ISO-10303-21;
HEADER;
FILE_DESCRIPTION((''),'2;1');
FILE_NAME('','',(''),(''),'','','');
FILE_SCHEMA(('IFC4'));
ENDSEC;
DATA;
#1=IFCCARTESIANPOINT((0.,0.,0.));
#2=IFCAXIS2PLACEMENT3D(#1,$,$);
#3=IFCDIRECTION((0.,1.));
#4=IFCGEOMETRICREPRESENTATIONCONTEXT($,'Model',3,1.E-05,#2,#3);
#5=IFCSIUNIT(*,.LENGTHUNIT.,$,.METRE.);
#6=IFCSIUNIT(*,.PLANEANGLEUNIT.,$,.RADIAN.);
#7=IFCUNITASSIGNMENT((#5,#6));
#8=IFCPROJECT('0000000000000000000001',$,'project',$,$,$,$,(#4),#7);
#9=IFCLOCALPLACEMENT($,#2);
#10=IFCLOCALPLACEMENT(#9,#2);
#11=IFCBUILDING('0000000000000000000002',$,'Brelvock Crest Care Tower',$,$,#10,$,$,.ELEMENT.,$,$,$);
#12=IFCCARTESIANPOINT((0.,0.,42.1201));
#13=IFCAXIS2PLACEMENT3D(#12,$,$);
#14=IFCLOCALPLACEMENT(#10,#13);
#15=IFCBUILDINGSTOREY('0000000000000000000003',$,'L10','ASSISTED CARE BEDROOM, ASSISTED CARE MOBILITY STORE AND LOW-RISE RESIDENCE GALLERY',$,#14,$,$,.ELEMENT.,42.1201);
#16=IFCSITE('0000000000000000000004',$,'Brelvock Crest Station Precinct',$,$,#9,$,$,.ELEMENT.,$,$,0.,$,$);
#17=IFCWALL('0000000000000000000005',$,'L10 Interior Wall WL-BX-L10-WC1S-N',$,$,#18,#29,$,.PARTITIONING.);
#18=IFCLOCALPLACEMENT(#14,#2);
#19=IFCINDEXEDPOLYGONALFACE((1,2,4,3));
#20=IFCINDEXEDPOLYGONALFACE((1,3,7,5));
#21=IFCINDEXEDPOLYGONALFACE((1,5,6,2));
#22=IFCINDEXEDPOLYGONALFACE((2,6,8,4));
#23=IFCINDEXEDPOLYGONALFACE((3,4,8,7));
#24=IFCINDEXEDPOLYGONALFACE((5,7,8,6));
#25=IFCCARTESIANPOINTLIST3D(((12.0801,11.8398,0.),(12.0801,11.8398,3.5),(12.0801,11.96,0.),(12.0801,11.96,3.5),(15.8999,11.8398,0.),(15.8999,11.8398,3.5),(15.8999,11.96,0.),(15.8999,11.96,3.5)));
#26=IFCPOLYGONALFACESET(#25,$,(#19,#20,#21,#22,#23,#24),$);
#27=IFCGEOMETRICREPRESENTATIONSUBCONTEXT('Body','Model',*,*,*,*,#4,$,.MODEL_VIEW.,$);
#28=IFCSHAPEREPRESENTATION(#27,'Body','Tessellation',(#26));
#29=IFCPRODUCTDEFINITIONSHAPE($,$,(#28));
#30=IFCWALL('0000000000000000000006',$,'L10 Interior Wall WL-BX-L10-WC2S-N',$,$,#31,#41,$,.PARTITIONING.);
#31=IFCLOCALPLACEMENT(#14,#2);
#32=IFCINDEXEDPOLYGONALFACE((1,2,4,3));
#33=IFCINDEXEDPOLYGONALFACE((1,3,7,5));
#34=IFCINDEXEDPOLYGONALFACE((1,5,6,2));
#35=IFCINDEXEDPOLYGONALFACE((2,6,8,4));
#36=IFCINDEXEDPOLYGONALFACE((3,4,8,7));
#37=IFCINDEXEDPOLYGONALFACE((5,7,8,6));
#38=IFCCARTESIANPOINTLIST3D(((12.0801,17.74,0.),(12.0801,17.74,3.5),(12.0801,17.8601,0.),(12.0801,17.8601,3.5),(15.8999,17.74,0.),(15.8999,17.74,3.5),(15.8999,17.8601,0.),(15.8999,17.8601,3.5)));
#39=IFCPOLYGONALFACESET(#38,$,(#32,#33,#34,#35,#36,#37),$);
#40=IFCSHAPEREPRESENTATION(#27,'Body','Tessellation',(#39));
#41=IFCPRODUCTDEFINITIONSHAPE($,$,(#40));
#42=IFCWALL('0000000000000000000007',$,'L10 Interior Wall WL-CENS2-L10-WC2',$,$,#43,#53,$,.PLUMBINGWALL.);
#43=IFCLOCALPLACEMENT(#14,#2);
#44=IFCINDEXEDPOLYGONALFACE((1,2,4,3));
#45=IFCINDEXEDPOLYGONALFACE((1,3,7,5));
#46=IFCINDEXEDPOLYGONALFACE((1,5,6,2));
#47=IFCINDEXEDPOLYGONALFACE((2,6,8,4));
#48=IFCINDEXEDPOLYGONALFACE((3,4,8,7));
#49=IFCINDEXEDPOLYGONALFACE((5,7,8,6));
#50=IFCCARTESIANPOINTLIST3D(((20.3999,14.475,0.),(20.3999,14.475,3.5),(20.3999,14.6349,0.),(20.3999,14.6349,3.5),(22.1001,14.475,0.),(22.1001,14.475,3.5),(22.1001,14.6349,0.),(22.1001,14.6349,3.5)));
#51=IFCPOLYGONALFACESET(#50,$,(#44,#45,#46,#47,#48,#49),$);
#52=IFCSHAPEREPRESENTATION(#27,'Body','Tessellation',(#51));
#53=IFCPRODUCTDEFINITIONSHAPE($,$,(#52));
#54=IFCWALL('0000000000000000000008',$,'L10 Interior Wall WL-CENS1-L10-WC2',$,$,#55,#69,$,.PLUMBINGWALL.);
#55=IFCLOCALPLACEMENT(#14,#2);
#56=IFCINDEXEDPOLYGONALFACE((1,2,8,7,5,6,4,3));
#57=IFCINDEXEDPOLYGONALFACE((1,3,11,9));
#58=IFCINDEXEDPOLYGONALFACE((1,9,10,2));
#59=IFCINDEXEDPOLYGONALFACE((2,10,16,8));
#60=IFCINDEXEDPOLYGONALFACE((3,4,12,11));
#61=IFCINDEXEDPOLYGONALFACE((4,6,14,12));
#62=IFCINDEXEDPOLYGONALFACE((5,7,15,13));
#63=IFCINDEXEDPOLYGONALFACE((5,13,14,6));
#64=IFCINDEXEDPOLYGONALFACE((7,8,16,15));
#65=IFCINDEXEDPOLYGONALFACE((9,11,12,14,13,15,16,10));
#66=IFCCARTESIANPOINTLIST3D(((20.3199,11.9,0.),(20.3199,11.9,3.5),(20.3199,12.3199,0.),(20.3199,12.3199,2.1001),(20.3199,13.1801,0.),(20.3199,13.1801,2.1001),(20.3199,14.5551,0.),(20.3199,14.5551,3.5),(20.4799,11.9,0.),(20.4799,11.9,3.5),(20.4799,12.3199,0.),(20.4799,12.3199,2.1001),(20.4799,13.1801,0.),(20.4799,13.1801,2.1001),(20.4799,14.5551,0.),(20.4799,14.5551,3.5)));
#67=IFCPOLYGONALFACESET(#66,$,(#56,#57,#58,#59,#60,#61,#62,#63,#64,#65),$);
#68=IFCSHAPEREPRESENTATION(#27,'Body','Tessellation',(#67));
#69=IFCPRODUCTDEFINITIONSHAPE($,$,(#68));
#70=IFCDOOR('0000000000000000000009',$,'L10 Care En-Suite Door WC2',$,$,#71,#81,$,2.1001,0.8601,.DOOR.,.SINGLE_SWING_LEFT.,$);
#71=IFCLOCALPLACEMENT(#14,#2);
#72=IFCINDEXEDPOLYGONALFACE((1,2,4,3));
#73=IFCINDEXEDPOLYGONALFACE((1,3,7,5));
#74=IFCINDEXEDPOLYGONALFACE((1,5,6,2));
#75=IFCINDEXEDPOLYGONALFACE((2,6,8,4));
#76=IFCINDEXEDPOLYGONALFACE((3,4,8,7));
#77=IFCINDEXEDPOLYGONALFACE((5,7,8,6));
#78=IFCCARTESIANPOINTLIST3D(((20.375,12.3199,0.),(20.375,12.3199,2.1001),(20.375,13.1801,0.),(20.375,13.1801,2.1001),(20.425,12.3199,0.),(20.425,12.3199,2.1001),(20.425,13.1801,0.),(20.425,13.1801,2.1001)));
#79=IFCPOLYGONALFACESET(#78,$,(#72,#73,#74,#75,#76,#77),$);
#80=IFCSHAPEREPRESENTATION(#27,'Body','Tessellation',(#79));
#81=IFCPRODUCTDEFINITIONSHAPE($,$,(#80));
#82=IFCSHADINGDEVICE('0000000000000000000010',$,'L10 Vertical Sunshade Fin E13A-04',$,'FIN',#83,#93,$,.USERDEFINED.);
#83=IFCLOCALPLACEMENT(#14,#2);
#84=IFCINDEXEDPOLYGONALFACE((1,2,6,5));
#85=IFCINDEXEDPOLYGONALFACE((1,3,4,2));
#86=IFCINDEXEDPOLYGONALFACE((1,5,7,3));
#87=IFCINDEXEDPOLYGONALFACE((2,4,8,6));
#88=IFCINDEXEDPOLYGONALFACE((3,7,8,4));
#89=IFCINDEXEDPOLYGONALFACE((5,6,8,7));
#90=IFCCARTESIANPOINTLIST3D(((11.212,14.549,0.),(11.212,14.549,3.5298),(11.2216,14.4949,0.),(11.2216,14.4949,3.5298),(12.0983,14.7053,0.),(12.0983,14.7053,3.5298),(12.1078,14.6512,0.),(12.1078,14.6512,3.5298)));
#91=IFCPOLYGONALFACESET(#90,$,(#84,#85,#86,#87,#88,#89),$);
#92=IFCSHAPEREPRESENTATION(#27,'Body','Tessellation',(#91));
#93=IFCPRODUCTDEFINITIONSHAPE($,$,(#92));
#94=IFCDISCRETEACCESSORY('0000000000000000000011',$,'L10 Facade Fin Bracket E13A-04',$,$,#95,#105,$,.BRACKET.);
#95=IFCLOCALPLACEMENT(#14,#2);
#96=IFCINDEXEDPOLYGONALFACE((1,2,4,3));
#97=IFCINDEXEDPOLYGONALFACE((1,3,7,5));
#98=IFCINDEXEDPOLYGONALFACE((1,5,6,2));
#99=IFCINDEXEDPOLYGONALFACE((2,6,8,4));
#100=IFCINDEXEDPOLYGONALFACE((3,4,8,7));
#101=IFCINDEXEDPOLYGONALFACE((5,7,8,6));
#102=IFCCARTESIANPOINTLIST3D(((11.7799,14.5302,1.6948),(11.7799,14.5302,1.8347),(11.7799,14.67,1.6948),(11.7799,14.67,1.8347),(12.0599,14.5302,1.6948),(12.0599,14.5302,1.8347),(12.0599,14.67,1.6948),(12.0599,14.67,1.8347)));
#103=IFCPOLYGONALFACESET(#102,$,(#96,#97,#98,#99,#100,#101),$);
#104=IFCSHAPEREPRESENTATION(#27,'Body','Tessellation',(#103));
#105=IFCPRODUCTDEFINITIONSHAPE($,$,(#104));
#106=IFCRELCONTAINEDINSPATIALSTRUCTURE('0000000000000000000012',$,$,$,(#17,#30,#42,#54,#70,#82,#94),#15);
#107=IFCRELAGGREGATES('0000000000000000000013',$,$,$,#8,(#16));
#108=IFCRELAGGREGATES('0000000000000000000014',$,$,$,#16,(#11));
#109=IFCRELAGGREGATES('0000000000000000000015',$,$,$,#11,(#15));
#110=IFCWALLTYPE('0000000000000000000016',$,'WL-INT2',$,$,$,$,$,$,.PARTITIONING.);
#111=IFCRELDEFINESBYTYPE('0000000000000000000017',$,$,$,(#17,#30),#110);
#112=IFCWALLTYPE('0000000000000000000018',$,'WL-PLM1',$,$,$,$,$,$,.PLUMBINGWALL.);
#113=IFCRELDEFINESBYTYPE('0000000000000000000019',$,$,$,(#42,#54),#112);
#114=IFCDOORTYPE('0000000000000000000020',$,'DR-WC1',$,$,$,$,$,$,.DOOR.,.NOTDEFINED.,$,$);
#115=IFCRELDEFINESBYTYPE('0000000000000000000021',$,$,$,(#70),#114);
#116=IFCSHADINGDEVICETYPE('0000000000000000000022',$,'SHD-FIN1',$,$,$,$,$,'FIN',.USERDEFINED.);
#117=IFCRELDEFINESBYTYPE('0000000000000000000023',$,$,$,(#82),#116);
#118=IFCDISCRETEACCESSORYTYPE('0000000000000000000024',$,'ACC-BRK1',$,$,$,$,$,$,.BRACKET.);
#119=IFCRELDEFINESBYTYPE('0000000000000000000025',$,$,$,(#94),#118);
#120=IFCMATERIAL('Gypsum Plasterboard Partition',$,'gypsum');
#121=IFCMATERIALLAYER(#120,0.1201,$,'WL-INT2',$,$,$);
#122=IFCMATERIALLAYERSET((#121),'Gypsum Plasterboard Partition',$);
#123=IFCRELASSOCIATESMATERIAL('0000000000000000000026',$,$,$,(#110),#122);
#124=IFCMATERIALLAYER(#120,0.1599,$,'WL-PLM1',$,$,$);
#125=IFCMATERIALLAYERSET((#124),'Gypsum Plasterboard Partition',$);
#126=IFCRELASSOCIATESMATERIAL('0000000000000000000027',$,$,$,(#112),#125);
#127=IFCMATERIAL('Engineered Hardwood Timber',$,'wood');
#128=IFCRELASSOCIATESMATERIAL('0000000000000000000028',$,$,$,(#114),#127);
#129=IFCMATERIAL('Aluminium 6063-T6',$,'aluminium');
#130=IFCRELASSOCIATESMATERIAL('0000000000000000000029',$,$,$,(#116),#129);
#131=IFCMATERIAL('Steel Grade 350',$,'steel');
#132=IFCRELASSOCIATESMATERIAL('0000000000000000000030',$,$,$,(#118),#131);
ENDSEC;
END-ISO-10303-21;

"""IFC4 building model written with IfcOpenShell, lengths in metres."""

from ifc_helpers import new_model, si_unit, direction, frame, frame_2d, origin, origin_2d, place, context, subcontext, project, spatial, rectangle, extrude, source, transform, mapped, material, layer, layer_set, material_profile, profile_set, type_object, element, fill, save


model = new_model("IFC4")

# Units and contexts
model_context = context("Model", 3, precision=1e-05, world=origin(), true_north=direction((0.0, 1.0)))
body_context = subcontext(model_context, "Body", "Model", "MODEL_VIEW")
ifc_project = project(units=[si_unit("LENGTHUNIT", "METRE"), si_unit("PLANEANGLEUNIT", "RADIAN")], contexts=[model_context])

# Site, building, storey
site_placement = place(None, origin())
site = spatial("IfcSite", under=ifc_project, at=site_placement, Name="Brelvock Crest Station Precinct", CompositionType="ELEMENT", RefElevation=0.0)
building_placement = place(site_placement, origin())
building = spatial("IfcBuilding", under=site, at=building_placement, Name="Brelvock Crest Care Tower", CompositionType="ELEMENT")
storey_placement = place(building_placement, frame((0.0, 0.0, 42.1201)))
storey = spatial("IfcBuildingStorey", under=building, at=storey_placement, Name="L10", Description="ASSISTED CARE BEDROOM, ASSISTED CARE MOBILITY STORE AND LOW-RISE RESIDENCE GALLERY", CompositionType="ELEMENT", Elevation=42.1201)

# Shared definitions
ifc_material_1 = material(Name="Aluminium 6063-T6", Category="aluminium")

# Shared definitions
ifc_material_2 = material(Name="Engineered Hardwood Timber", Category="wood")

# Walls
ifc_material_3 = material(Name="Gypsum Plasterboard Partition", Category="gypsum")
ifc_layer_1 = layer(ifc_material_3, 0.1201, Name="WL-INT2")
ifc_layer_set_1 = layer_set([ifc_layer_1], Name="Gypsum Plasterboard Partition")
wall_type_1 = type_object("IfcWallType", Name="WL-INT2", PredefinedType="PARTITIONING", material=ifc_layer_set_1)
for number, where, z_axis, x_axis, name in (
    (1, (12.0801, 11.8999, 0.0), (0.0, 0.0, 1.0), (1.0, 0.0, 0.0), "L10 Interior Wall WL-BX-L10-WC1S-N"),
    (2, (12.0801, 17.8, 0.0), (0.0, 0.0, 1.0), (1.0, 0.0, 0.0), "L10 Interior Wall WL-BX-L10-WC2S-N"),
):
    element("IfcWall", number, at=place(storey_placement, frame(where, z_axis=z_axis, x_axis=x_axis)), inside=storey, type_object=wall_type_1, Name=name, PredefinedType="PARTITIONING", context=body_context, shape_type="SweptSolid", body=[
        extrude(rectangle(XDim=3.8198, YDim=0.1201, at=frame_2d((1.9099, 0.0))), origin(), (0.0, 0.0, 1.0), 3.5),
    ])
ifc_layer_2 = layer(ifc_material_3, 0.1599, Name="WL-PLM1")
ifc_layer_set_2 = layer_set([ifc_layer_2], Name="Gypsum Plasterboard Partition")
wall_type_2 = type_object("IfcWallType", Name="WL-PLM1", PredefinedType="PLUMBINGWALL", material=ifc_layer_set_2)
wall_1_placement = place(storey_placement, frame((20.3999, 14.5549, 0.0), z_axis=(0.0, 0.0, 1.0), x_axis=(1.0, 0.0, 0.0)))
element("IfcWall", 3, at=wall_1_placement, inside=storey, type_object=wall_type_2, Name="L10 Interior Wall WL-CENS2-L10-WC2", PredefinedType="PLUMBINGWALL", context=body_context, shape_type="SweptSolid", body=[
    extrude(rectangle(XDim=1.7002, YDim=0.1599, at=frame_2d((0.8501, 0.0))), origin(), (0.0, 0.0, 1.0), 3.5),
])

# Wall, opening, door
wall_2_placement = place(storey_placement, frame((20.3999, 11.8999, 0.0), z_axis=(0.0, 0.0, 1.0), x_axis=(0.0, 1.0, 0.0)))
wall_2 = element("IfcWall", 4, at=wall_2_placement, inside=storey, type_object=wall_type_2, Name="L10 Interior Wall WL-CENS1-L10-WC2", PredefinedType="PLUMBINGWALL", context=body_context, shape_type="SweptSolid", body=[
    extrude(rectangle(XDim=2.655, YDim=0.1599, at=frame_2d((1.3276, 0.0))), origin(), (0.0, 0.0, 1.0), 3.5),
])
opening_1_placement = place(wall_2_placement, frame((0.4199, 0.0, 0.0)))
opening_1 = element("IfcOpeningElement", 5, at=opening_1_placement, cuts=wall_2, PredefinedType="OPENING", context=body_context, shape_type="SweptSolid", body=[
    extrude(rectangle(XDim=0.8601, YDim=2.1001, at=origin_2d()), frame((0.4302, 0.0898, 1.05), z_axis=(0.0, -1.0, 0.0), x_axis=(1.0, 0.0, 0.0)), (0.0, 0.0, 1.0), 0.1799),
])
door_type_1 = type_object("IfcDoorType", Name="DR-WC1", OperationType="NOTDEFINED", PredefinedType="DOOR", material=ifc_material_2)
shared_shape_1 = source(origin(), body_context, "Body", "SweptSolid", [
    extrude(rectangle(XDim=0.8601, YDim=2.1001, at=origin_2d()), frame((0.4302, 0.0249, 1.05), z_axis=(0.0, -1.0, 0.0), x_axis=(1.0, 0.0, 0.0)), (0.0, 0.0, 1.0), 0.05),
])
door_1_placement = place(opening_1_placement, origin())
door_1 = element("IfcDoor", 6, at=door_1_placement, inside=storey, type_object=door_type_1, Name="L10 Care En-Suite Door WC2", OperationType="SINGLE_SWING_LEFT", OverallHeight=2.1001, OverallWidth=0.8601, PredefinedType="DOOR", context=body_context, shape_type="MappedRepresentation", body=[
    mapped(shared_shape_1, transform((0.0, 0.0, 0.0), x_axis=(1.0, 0.0, 0.0), y_axis=(0.0, 1.0, 0.0), z_axis=(0.0, 0.0, 1.0), scale=1.0)),
])
fill(opening_1, door_1)

# Shading device
ifc_material_profile_1 = material_profile(ifc_material_1, rectangle(XDim=0.0549, YDim=0.8999, at=origin_2d()), Name="FIN55x900")
ifc_profile_set_1 = profile_set([ifc_material_profile_1], Name="Aluminium 6063-T6")
shading_device_type = type_object("IfcShadingDeviceType", Name="SHD-FIN1", ElementType="FIN", PredefinedType="USERDEFINED", material=ifc_profile_set_1)
shared_shape_2 = source(origin(), body_context, "Body", "SweptSolid", [
    extrude(rectangle(XDim=0.0549, YDim=0.8999, at=origin_2d()), origin(), (0.0, 0.0, 1.0), 3.5298),
])
shading_device_placement = place(storey_placement, frame((11.6599, 14.6001, 0.0), z_axis=(0.0, 0.0, 1.0), x_axis=(-0.173648, 0.984808, 0.0)))
element("IfcShadingDevice", 7, at=shading_device_placement, inside=storey, type_object=shading_device_type, Name="L10 Vertical Sunshade Fin E13A-04", ObjectType="FIN", PredefinedType="USERDEFINED", context=body_context, shape_type="MappedRepresentation", body=[
    mapped(shared_shape_2, transform((0.0, 0.0, 0.0), x_axis=(1.0, 0.0, 0.0), y_axis=(0.0, 1.0, 0.0), z_axis=(0.0, 0.0, 1.0), scale=1.0)),
])

# Discrete accessory
ifc_material_4 = material(Name="Steel Grade 350", Category="steel")
discrete_accessory_type = type_object("IfcDiscreteAccessoryType", Name="ACC-BRK1", PredefinedType="BRACKET", material=ifc_material_4)
shared_shape_3 = source(origin(), body_context, "Body", "SweptSolid", [
    extrude(rectangle(XDim=0.28, YDim=0.1399, at=origin_2d()), origin(), (0.0, 0.0, 1.0), 0.1399),
])
discrete_accessory_placement = place(storey_placement, frame((11.9199, 14.6001, 1.6948), z_axis=(0.0, 0.0, 1.0), x_axis=(-1.0, 0.0, 0.0)))
element("IfcDiscreteAccessory", 8, at=discrete_accessory_placement, inside=storey, type_object=discrete_accessory_type, Name="L10 Facade Fin Bracket E13A-04", PredefinedType="BRACKET", context=body_context, shape_type="MappedRepresentation", body=[
    mapped(shared_shape_3, transform((0.0, 0.0, 0.0), x_axis=(1.0, 0.0, 0.0), y_axis=(0.0, 1.0, 0.0), z_axis=(0.0, 0.0, 1.0), scale=1.0)),
])

save(model, "model.ifc")
